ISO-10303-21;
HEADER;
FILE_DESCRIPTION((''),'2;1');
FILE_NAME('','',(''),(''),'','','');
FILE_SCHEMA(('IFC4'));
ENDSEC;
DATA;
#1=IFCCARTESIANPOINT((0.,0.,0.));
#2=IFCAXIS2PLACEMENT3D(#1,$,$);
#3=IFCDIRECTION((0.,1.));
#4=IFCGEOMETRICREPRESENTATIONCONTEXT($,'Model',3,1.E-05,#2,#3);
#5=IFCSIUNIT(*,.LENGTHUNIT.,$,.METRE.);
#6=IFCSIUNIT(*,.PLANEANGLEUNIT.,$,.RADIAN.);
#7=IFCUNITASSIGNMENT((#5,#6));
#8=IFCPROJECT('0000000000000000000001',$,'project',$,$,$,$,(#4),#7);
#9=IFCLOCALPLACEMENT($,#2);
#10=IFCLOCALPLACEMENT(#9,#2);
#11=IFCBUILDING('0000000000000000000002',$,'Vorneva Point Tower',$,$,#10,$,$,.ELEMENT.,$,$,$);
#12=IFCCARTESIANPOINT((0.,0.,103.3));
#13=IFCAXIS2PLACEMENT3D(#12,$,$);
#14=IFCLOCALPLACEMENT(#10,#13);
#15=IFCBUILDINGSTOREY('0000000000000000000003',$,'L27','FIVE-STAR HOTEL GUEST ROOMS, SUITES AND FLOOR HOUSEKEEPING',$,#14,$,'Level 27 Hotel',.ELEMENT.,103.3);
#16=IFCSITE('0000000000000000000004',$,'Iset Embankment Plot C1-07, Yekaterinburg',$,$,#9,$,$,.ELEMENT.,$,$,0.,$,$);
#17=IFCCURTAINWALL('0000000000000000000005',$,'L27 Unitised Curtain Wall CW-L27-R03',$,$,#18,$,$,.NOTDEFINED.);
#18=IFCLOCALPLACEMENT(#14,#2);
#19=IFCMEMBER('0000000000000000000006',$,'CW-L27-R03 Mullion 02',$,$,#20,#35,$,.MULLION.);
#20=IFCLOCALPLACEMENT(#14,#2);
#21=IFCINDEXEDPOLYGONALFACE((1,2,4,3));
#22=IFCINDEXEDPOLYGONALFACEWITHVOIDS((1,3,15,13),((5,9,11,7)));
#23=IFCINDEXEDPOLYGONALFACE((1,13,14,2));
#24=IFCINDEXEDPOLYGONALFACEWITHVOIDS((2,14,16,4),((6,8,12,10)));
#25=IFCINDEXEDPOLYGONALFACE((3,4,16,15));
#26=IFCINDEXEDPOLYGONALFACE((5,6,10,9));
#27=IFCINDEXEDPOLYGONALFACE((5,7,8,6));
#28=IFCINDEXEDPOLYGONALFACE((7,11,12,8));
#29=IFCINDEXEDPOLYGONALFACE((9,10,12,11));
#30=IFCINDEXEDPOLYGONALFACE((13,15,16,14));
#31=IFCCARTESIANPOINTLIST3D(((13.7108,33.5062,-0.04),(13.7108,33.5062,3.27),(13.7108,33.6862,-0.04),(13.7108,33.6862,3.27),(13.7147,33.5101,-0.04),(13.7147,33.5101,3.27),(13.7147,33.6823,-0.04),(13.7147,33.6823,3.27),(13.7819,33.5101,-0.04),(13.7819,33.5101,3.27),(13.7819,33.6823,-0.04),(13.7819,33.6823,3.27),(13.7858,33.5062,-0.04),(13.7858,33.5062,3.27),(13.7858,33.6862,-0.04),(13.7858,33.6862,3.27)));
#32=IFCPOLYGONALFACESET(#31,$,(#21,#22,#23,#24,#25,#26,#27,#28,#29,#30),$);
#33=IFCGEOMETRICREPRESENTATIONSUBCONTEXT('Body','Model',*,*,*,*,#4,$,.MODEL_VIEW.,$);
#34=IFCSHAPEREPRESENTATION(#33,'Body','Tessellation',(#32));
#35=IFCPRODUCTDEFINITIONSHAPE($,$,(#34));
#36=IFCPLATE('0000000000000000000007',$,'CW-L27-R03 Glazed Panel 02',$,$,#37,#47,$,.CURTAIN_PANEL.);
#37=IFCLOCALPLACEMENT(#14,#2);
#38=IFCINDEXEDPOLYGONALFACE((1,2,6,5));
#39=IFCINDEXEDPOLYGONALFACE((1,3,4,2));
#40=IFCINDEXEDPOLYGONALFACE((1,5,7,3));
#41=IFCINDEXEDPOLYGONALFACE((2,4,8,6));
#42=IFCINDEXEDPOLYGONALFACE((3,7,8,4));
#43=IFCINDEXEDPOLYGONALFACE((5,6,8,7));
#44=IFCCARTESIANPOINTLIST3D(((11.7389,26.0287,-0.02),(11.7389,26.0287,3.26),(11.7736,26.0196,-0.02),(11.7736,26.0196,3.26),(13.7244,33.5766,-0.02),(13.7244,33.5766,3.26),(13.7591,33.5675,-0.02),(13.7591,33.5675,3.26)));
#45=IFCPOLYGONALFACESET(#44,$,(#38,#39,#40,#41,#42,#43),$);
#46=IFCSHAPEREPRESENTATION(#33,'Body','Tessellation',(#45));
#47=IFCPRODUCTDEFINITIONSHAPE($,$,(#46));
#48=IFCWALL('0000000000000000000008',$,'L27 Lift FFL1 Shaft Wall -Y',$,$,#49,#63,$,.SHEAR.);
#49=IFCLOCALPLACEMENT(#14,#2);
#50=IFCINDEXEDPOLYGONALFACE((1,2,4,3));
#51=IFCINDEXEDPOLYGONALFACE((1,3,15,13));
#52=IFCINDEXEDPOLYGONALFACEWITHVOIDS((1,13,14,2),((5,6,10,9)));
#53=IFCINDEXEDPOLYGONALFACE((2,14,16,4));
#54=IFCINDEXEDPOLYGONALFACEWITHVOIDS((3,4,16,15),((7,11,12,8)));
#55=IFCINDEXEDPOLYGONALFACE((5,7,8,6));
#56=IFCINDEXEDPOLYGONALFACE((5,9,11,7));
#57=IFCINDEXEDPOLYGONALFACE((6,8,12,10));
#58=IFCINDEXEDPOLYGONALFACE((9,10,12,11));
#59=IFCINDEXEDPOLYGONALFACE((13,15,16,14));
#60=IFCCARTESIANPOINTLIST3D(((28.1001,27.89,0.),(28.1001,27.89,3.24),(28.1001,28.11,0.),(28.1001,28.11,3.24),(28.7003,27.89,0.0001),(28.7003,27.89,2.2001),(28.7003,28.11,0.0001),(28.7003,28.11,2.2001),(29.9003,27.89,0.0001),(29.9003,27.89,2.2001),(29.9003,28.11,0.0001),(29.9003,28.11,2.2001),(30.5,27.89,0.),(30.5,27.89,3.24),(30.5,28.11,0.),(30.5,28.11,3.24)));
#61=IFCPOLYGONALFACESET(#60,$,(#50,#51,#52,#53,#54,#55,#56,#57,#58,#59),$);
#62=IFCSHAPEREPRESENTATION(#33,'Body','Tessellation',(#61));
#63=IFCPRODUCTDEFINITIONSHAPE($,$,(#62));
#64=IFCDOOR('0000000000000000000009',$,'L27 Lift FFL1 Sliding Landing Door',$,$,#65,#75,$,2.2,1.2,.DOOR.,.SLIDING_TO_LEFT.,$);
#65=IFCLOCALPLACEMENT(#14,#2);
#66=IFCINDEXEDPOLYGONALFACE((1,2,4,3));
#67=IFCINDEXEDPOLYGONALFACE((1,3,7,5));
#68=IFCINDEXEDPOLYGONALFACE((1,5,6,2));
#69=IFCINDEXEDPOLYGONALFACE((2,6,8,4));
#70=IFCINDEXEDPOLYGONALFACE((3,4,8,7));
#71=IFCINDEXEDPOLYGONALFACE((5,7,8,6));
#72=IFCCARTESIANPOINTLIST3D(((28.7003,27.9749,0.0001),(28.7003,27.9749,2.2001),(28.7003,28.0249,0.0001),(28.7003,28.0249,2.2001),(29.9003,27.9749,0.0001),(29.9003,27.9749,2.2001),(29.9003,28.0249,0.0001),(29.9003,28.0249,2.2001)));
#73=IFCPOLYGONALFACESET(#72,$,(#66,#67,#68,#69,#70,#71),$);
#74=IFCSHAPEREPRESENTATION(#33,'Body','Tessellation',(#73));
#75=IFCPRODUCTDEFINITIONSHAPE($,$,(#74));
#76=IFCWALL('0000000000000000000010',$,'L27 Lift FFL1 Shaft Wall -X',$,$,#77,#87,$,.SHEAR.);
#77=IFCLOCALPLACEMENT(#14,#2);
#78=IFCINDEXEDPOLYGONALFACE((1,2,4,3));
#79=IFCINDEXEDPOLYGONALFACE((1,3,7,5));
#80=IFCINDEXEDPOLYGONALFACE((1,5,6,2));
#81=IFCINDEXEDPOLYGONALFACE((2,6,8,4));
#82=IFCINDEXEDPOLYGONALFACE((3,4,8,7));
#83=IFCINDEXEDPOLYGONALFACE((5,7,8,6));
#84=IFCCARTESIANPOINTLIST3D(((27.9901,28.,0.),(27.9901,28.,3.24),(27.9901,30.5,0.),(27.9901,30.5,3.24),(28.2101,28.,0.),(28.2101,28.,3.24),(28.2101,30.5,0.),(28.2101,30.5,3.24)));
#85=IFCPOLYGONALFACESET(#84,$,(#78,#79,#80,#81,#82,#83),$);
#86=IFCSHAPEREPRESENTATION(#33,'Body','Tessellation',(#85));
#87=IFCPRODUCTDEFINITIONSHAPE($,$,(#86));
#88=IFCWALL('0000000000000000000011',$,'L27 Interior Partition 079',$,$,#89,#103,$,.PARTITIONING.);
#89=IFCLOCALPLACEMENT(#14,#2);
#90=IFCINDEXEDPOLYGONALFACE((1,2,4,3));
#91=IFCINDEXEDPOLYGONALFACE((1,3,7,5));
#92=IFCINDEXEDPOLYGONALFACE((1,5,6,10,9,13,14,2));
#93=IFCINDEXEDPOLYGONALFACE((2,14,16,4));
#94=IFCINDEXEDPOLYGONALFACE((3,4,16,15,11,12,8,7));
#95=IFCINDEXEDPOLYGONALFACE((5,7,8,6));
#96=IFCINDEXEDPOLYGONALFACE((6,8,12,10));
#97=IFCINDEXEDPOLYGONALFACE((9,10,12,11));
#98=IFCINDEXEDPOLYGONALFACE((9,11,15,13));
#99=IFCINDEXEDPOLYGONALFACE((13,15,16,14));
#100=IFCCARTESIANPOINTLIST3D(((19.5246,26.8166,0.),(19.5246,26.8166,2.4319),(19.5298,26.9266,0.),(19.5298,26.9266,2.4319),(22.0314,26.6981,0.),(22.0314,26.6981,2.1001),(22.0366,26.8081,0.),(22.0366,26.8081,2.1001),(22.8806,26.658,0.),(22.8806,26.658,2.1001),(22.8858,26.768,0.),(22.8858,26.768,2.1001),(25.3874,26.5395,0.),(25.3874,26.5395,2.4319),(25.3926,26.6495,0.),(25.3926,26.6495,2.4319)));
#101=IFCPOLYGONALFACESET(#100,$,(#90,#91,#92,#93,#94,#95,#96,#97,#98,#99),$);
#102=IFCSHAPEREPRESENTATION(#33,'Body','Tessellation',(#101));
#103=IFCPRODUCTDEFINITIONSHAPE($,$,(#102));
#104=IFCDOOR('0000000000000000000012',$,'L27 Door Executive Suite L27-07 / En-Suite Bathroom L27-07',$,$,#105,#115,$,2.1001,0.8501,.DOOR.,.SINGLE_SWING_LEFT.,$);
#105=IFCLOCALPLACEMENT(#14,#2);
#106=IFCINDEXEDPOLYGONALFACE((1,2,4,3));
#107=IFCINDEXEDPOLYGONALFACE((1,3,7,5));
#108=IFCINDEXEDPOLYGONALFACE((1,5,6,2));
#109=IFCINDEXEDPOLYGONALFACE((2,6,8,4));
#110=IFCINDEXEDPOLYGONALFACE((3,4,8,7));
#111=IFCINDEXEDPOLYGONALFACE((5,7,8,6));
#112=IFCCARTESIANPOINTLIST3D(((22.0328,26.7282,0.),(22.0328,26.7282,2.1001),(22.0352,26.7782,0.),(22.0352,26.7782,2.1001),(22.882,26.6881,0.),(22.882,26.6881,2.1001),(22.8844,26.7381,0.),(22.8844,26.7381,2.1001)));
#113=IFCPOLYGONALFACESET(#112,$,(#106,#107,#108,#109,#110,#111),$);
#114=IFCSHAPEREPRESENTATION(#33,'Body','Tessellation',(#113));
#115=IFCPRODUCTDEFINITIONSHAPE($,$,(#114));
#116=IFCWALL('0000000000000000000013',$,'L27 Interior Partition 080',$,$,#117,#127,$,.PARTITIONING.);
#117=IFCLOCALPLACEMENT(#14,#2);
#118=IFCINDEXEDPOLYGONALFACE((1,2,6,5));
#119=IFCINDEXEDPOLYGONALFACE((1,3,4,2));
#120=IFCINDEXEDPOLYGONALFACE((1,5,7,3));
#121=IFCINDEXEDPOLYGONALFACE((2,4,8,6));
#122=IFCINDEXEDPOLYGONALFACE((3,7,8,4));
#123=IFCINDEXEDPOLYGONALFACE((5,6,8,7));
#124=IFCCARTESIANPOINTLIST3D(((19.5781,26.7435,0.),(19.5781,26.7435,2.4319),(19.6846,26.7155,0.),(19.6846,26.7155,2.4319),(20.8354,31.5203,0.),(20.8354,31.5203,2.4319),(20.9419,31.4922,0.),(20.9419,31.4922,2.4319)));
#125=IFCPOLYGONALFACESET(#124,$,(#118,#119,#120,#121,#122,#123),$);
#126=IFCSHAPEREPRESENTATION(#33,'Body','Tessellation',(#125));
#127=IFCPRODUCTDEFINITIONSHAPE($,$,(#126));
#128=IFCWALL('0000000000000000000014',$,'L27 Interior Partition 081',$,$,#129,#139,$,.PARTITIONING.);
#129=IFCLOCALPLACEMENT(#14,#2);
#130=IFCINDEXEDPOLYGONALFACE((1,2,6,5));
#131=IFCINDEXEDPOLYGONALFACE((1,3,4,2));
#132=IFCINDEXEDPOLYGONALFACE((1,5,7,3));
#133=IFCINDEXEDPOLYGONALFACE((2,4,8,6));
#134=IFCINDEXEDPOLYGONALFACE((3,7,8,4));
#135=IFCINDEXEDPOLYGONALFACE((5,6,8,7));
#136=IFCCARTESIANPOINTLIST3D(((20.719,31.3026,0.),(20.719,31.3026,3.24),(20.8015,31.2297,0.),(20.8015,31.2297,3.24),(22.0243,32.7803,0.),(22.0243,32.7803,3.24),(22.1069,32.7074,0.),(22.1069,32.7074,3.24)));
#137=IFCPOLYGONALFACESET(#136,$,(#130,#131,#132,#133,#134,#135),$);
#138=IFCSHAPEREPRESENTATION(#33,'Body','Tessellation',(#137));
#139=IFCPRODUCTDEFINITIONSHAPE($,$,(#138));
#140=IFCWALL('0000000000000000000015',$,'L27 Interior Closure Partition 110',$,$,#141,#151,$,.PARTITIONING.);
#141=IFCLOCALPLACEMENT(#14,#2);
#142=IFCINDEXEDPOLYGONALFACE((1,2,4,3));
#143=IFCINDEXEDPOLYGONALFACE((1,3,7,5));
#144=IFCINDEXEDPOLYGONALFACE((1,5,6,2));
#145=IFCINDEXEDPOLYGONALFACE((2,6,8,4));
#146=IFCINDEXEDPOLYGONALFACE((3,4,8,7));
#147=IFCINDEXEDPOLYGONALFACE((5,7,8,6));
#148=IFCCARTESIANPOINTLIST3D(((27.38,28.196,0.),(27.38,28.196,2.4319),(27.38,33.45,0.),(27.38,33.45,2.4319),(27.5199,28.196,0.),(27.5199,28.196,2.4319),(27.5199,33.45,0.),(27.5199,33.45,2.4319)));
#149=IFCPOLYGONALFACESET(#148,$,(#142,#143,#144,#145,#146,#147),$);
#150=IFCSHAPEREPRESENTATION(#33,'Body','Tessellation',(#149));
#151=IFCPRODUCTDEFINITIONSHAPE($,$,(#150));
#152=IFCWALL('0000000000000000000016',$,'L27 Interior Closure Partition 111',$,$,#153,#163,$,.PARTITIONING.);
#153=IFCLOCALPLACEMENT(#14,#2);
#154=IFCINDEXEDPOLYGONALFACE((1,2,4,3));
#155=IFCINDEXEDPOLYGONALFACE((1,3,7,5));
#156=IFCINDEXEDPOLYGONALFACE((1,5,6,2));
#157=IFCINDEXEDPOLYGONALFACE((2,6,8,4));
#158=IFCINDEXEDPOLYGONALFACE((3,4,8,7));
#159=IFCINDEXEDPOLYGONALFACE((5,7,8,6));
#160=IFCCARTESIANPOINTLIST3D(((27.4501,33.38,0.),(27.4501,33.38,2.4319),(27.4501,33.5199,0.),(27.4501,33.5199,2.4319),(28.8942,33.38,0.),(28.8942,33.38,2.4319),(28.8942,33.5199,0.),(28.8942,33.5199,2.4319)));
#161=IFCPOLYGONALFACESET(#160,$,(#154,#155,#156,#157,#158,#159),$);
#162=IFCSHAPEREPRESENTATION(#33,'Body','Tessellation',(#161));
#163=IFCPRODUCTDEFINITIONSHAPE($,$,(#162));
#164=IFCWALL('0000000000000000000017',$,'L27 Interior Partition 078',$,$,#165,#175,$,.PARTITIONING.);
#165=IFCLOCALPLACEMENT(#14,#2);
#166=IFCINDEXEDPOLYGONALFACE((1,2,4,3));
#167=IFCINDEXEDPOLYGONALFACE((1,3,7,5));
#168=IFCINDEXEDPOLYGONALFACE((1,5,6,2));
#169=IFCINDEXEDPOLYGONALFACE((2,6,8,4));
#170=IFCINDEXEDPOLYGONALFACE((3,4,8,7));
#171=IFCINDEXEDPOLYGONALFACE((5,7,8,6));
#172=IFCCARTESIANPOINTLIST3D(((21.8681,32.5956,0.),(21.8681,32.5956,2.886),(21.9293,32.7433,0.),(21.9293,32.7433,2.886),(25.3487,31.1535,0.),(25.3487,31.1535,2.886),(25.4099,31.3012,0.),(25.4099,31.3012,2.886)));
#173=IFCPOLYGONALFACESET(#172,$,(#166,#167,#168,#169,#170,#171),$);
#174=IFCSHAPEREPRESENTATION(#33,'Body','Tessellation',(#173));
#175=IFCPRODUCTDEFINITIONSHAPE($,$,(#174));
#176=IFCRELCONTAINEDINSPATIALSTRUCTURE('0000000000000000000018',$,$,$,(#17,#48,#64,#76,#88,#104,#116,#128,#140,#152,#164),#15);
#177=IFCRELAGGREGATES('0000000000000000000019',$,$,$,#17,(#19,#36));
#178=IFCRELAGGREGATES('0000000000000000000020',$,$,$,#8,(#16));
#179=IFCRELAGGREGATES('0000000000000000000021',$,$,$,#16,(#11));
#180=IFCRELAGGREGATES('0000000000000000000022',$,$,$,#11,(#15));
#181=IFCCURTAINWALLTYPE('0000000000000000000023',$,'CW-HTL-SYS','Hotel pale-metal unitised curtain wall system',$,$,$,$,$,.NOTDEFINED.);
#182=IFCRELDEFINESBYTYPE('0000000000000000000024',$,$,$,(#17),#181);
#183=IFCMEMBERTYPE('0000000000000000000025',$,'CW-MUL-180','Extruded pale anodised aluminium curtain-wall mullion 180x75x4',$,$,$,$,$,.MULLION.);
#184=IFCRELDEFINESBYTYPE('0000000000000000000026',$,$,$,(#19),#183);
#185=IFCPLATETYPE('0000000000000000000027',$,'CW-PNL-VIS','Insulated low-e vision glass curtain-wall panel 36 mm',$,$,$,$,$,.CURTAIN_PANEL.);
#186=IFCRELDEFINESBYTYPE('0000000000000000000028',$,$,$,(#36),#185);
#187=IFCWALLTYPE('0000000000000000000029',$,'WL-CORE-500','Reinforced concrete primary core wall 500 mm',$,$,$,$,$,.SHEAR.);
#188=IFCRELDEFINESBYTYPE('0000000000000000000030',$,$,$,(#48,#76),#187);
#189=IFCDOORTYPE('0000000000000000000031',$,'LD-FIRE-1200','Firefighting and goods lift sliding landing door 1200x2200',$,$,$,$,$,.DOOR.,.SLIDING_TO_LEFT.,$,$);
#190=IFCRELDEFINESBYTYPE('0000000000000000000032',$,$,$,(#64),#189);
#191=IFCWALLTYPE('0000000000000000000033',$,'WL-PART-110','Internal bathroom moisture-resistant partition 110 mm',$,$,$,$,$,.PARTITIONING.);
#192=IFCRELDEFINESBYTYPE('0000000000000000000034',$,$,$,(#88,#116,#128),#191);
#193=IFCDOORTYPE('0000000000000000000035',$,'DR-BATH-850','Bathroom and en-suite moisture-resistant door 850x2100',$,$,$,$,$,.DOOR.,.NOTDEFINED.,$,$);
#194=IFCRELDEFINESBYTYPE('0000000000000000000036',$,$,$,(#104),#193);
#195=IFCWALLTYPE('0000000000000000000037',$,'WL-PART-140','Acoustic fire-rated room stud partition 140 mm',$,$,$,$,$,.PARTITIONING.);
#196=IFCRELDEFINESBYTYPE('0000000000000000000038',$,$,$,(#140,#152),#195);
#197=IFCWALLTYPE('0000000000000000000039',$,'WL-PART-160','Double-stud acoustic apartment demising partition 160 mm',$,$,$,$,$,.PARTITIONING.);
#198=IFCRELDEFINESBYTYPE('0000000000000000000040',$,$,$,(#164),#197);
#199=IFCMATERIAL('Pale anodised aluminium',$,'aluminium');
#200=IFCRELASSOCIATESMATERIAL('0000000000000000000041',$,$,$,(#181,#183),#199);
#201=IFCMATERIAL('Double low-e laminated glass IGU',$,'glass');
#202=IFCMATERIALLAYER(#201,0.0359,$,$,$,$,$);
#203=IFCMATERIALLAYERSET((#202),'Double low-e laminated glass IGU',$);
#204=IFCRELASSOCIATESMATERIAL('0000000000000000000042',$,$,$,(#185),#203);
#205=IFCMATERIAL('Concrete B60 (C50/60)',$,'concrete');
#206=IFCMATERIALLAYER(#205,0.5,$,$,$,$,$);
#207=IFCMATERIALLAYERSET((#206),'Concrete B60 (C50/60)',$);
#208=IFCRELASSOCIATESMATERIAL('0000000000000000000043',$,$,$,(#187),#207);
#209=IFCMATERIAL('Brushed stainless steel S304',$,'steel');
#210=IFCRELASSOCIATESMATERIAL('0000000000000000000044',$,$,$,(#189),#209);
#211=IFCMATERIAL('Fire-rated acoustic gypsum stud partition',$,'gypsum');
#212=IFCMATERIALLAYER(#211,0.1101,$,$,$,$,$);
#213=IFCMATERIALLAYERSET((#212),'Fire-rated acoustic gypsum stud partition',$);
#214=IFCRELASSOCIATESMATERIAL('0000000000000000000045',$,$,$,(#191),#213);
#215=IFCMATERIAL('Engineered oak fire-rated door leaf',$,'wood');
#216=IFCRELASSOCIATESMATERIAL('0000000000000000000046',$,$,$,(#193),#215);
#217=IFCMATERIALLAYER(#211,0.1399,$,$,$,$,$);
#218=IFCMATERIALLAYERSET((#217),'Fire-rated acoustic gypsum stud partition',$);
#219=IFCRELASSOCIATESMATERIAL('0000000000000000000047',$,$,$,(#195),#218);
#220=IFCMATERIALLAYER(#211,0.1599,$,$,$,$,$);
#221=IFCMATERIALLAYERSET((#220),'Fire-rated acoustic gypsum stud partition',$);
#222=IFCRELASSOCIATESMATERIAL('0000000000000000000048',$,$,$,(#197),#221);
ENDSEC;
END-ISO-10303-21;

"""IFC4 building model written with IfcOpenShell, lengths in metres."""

from ifc_helpers import new_model, si_unit, direction, frame, frame_2d, origin, origin_2d, place, context, subcontext, project, spatial, rectangle, hollow_rectangle, extrude, material, layer, layer_set, material_profile, profile_set, type_object, element, fill, aggregate, save


model = new_model("IFC4")

# Units and contexts
model_context = context("Model", 3, precision=1e-05, world=origin(), true_north=direction((0.0, 1.0)))
body_context = subcontext(model_context, "Body", "Model", "MODEL_VIEW")
ifc_project = project(units=[si_unit("LENGTHUNIT", "METRE"), si_unit("PLANEANGLEUNIT", "RADIAN")], contexts=[model_context])

# Site, building, storey
site_placement = place(None, origin())
site = spatial("IfcSite", under=ifc_project, at=site_placement, Name="Iset Embankment Plot C1-07, Yekaterinburg", CompositionType="ELEMENT", RefElevation=0.0)
building_placement = place(site_placement, origin())
building = spatial("IfcBuilding", under=site, at=building_placement, Name="Vorneva Point Tower", CompositionType="ELEMENT")
storey_placement = place(building_placement, frame((0.0, 0.0, 103.3)))
storey = spatial("IfcBuildingStorey", under=building, at=storey_placement, Name="L27", Description="FIVE-STAR HOTEL GUEST ROOMS, SUITES AND FLOOR HOUSEKEEPING", LongName="Level 27 Hotel", CompositionType="ELEMENT", Elevation=103.3)

# Shared definitions
ifc_material_1 = material(Name="Concrete B60 (C50/60)", Category="concrete")

# Curtain wall, member, plate
ifc_material_2 = material(Name="Pale anodised aluminium", Category="aluminium")
curtain_wall_type = type_object("IfcCurtainWallType", Name="CW-HTL-SYS", Description="Hotel pale-metal unitised curtain wall system", PredefinedType="NOTDEFINED", material=ifc_material_2)
curtain_wall_placement = place(storey_placement, origin())
curtain_wall = element("IfcCurtainWall", 1, at=curtain_wall_placement, inside=storey, type_object=curtain_wall_type, Name="L27 Unitised Curtain Wall CW-L27-R03", PredefinedType="NOTDEFINED")
ifc_material_profile_1 = material_profile(ifc_material_2, hollow_rectangle(XDim=0.075, YDim=0.1799, WallThickness=0.0039, at=origin_2d()), Name="AL-MUL 180x75x4")
ifc_profile_set_1 = profile_set([ifc_material_profile_1], Name="Pale anodised aluminium")
member_type = type_object("IfcMemberType", Name="CW-MUL-180", Description="Extruded pale anodised aluminium curtain-wall mullion 180x75x4", PredefinedType="MULLION", material=ifc_profile_set_1)
member_placement = place(storey_placement, frame((13.7483, 33.5962, -0.04), z_axis=(0.0, 0.0, 1.0), x_axis=(1.0, 0.0, 0.0)))
member = element("IfcMember", 2, at=member_placement, type_object=member_type, Name="CW-L27-R03 Mullion 02", PredefinedType="MULLION", context=body_context, shape_type="SweptSolid", body=[
    extrude(hollow_rectangle(XDim=0.075, YDim=0.1799, WallThickness=0.0039, at=origin_2d()), origin(), (0.0, 0.0, 1.0), 3.3101),
])
ifc_material_3 = material(Name="Double low-e laminated glass IGU", Category="glass")
ifc_layer_1 = layer(ifc_material_3, 0.0359)
ifc_layer_set_1 = layer_set([ifc_layer_1], Name="Double low-e laminated glass IGU")
plate_type = type_object("IfcPlateType", Name="CW-PNL-VIS", Description="Insulated low-e vision glass curtain-wall panel 36 mm", PredefinedType="CURTAIN_PANEL", material=ifc_layer_set_1)
plate_placement = place(storey_placement, frame((12.749, 29.7981, -0.02), z_axis=(0.0, 0.0, 1.0), x_axis=(-0.254399, -0.967099, 0.0)))
plate = element("IfcPlate", 3, at=plate_placement, type_object=plate_type, Name="CW-L27-R03 Glazed Panel 02", PredefinedType="CURTAIN_PANEL", context=body_context, shape_type="SweptSolid", body=[
    extrude(rectangle(XDim=7.8047, YDim=0.0359, at=origin_2d()), origin(), (0.0, 0.0, 1.0), 3.28),
])
aggregate(curtain_wall, [member, plate])

# Wall, opening, door
ifc_layer_2 = layer(ifc_material_1, 0.5)
ifc_layer_set_2 = layer_set([ifc_layer_2], Name="Concrete B60 (C50/60)")
wall_type_1 = type_object("IfcWallType", Name="WL-CORE-500", Description="Reinforced concrete primary core wall 500 mm", PredefinedType="SHEAR", material=ifc_layer_set_2)
wall_1_placement = place(storey_placement, frame((28.1001, 28.0, 0.0), z_axis=(0.0, 0.0, 1.0), x_axis=(1.0, 0.0, 0.0)))
wall_1 = element("IfcWall", 4, at=wall_1_placement, inside=storey, type_object=wall_type_1, Name="L27 Lift FFL1 Shaft Wall -Y", PredefinedType="SHEAR", context=body_context, shape_type="SweptSolid", body=[
    extrude(rectangle(XDim=2.3999, YDim=0.22, at=frame_2d((1.2, 0.0))), origin(), (0.0, 0.0, 1.0), 3.24),
])
opening_1_placement = place(wall_1_placement, frame((0.6001, 0.0, 0.0)))
opening_1 = element("IfcOpeningElement", 5, at=opening_1_placement, cuts=wall_1, PredefinedType="OPENING", context=body_context, shape_type="SweptSolid", body=[
    extrude(rectangle(XDim=1.2, YDim=2.2, at=frame_2d((0.6001, 1.1001))), frame((0.0, 0.125, 0.0), z_axis=(0.0, -1.0, 0.0), x_axis=(1.0, 0.0, 0.0)), (0.0, 0.0, 1.0), 0.2498),
])
ifc_material_4 = material(Name="Brushed stainless steel S304", Category="steel")
door_type_1 = type_object("IfcDoorType", Name="LD-FIRE-1200", Description="Firefighting and goods lift sliding landing door 1200x2200", OperationType="SLIDING_TO_LEFT", PredefinedType="DOOR", material=ifc_material_4)
door_1_placement = place(opening_1_placement, origin())
door_1 = element("IfcDoor", 6, at=door_1_placement, inside=storey, type_object=door_type_1, Name="L27 Lift FFL1 Sliding Landing Door", OperationType="SLIDING_TO_LEFT", OverallHeight=2.2, OverallWidth=1.2, PredefinedType="DOOR", context=body_context, shape_type="SweptSolid", body=[
    extrude(rectangle(XDim=1.2, YDim=2.2, at=frame_2d((0.6001, 1.1001))), frame((0.0, 0.0249, 0.0), z_axis=(0.0, -1.0, 0.0), x_axis=(1.0, 0.0, 0.0)), (0.0, 0.0, 1.0), 0.05),
])
fill(opening_1, door_1)

# Wall
wall_2_placement = place(storey_placement, frame((28.1001, 30.5, 0.0), z_axis=(0.0, 0.0, 1.0), x_axis=(0.0, -1.0, 0.0)))
element("IfcWall", 7, at=wall_2_placement, inside=storey, type_object=wall_type_1, Name="L27 Lift FFL1 Shaft Wall -X", PredefinedType="SHEAR", context=body_context, shape_type="SweptSolid", body=[
    extrude(rectangle(XDim=2.5, YDim=0.22, at=frame_2d((1.25, 0.0))), origin(), (0.0, 0.0, 1.0), 3.24),
])

# Wall, opening, door
ifc_material_5 = material(Name="Fire-rated acoustic gypsum stud partition", Category="gypsum")
ifc_layer_3 = layer(ifc_material_5, 0.1101)
ifc_layer_set_3 = layer_set([ifc_layer_3], Name="Fire-rated acoustic gypsum stud partition")
wall_type_2 = type_object("IfcWallType", Name="WL-PART-110", Description="Internal bathroom moisture-resistant partition 110 mm", PredefinedType="PARTITIONING", material=ifc_layer_set_3)
wall_3_placement = place(storey_placement, frame((25.3899, 26.5945, 0.0), z_axis=(0.0, 0.0, 1.0), x_axis=(-0.998885, 0.047211, 0.0)))
wall_3 = element("IfcWall", 8, at=wall_3_placement, inside=storey, type_object=wall_type_2, Name="L27 Interior Partition 079", PredefinedType="PARTITIONING", context=body_context, shape_type="SweptSolid", body=[
    extrude(rectangle(XDim=5.8694, YDim=0.1101, at=frame_2d((2.9346, 0.0))), origin(), (0.0, 0.0, 1.0), 2.4319),
])
opening_2_placement = place(wall_3_placement, frame((2.5095, 0.0, 0.0)))
opening_2 = element("IfcOpeningElement", 9, at=opening_2_placement, cuts=wall_3, PredefinedType="OPENING", context=body_context, shape_type="SweptSolid", body=[
    extrude(rectangle(XDim=0.8501, YDim=2.1001, at=frame_2d((0.425, 1.05))), frame((0.0, 0.0698, 0.0), z_axis=(0.0, -1.0, 0.0), x_axis=(1.0, 0.0, 0.0)), (0.0, 0.0, 1.0), 0.1399),
])
ifc_material_6 = material(Name="Engineered oak fire-rated door leaf", Category="wood")
door_type_2 = type_object("IfcDoorType", Name="DR-BATH-850", Description="Bathroom and en-suite moisture-resistant door 850x2100", OperationType="NOTDEFINED", PredefinedType="DOOR", material=ifc_material_6)
door_2_placement = place(opening_2_placement, origin())
door_2 = element("IfcDoor", 10, at=door_2_placement, inside=storey, type_object=door_type_2, Name="L27 Door Executive Suite L27-07 / En-Suite Bathroom L27-07", OperationType="SINGLE_SWING_LEFT", OverallHeight=2.1001, OverallWidth=0.8501, PredefinedType="DOOR", context=body_context, shape_type="SweptSolid", body=[
    extrude(rectangle(XDim=0.8501, YDim=2.1001, at=frame_2d((0.425, 1.05))), frame((0.0, 0.0249, 0.0), z_axis=(0.0, -1.0, 0.0), x_axis=(1.0, 0.0, 0.0)), (0.0, 0.0, 1.0), 0.05),
])
fill(opening_2, door_2)

# Walls
wall_4_placement = place(storey_placement, frame((19.6313, 26.7295, 0.0), z_axis=(0.0, 0.0, 1.0), x_axis=(0.254542, 0.967062, 0.0)))
element("IfcWall", 11, at=wall_4_placement, inside=storey, type_object=wall_type_2, Name="L27 Interior Partition 080", PredefinedType="PARTITIONING", context=body_context, shape_type="SweptSolid", body=[
    extrude(rectangle(XDim=4.9395, YDim=0.1101, at=frame_2d((2.4697, 0.0))), origin(), (0.0, 0.0, 1.0), 2.4319),
])
wall_5_placement = place(storey_placement, frame((20.7603, 31.2661, 0.0), z_axis=(0.0, 0.0, 1.0), x_axis=(0.662047, 0.749462, 0.0)))
element("IfcWall", 12, at=wall_5_placement, inside=storey, type_object=wall_type_2, Name="L27 Interior Partition 081", PredefinedType="PARTITIONING", context=body_context, shape_type="SweptSolid", body=[
    extrude(rectangle(XDim=1.9717, YDim=0.1101, at=frame_2d((0.9858, 0.0))), origin(), (0.0, 0.0, 1.0), 3.24),
])
ifc_layer_4 = layer(ifc_material_5, 0.1399)
ifc_layer_set_4 = layer_set([ifc_layer_4], Name="Fire-rated acoustic gypsum stud partition")
wall_type_3 = type_object("IfcWallType", Name="WL-PART-140", Description="Acoustic fire-rated room stud partition 140 mm", PredefinedType="PARTITIONING", material=ifc_layer_set_4)
wall_6_placement = place(storey_placement, frame((27.45, 28.196, 0.0), z_axis=(0.0, 0.0, 1.0), x_axis=(0.0, 1.0, 0.0)))
element("IfcWall", 13, at=wall_6_placement, inside=storey, type_object=wall_type_3, Name="L27 Interior Closure Partition 110", PredefinedType="PARTITIONING", context=body_context, shape_type="SweptSolid", body=[
    extrude(rectangle(XDim=5.2539, YDim=0.1399, at=frame_2d((2.627, 0.0))), origin(), (0.0, 0.0, 1.0), 2.4319),
])
wall_7_placement = place(storey_placement, frame((27.45, 33.45, 0.0), z_axis=(0.0, 0.0, 1.0), x_axis=(1.0, 0.0, 0.0)))
element("IfcWall", 14, at=wall_7_placement, inside=storey, type_object=wall_type_3, Name="L27 Interior Closure Partition 111", PredefinedType="PARTITIONING", context=body_context, shape_type="SweptSolid", body=[
    extrude(rectangle(XDim=1.4441, YDim=0.1399, at=frame_2d((0.7222, 0.0))), origin(), (0.0, 0.0, 1.0), 2.4319),
])
ifc_layer_5 = layer(ifc_material_5, 0.1599)
ifc_layer_set_5 = layer_set([ifc_layer_5], Name="Fire-rated acoustic gypsum stud partition")
wall_type_4 = type_object("IfcWallType", Name="WL-PART-160", Description="Double-stud acoustic apartment demising partition 160 mm", PredefinedType="PARTITIONING", material=ifc_layer_set_5)
wall_8_placement = place(storey_placement, frame((21.8987, 32.6694, 0.0), z_axis=(0.0, 0.0, 1.0), x_axis=(0.923844, -0.38277, 0.0)))
element("IfcWall", 15, at=wall_8_placement, inside=storey, type_object=wall_type_4, Name="L27 Interior Partition 078", PredefinedType="PARTITIONING", context=body_context, shape_type="SweptSolid", body=[
    extrude(rectangle(XDim=3.7676, YDim=0.1599, at=frame_2d((1.8838, 0.0))), origin(), (0.0, 0.0, 1.0), 2.886),
])

save(model, "model.ifc")
